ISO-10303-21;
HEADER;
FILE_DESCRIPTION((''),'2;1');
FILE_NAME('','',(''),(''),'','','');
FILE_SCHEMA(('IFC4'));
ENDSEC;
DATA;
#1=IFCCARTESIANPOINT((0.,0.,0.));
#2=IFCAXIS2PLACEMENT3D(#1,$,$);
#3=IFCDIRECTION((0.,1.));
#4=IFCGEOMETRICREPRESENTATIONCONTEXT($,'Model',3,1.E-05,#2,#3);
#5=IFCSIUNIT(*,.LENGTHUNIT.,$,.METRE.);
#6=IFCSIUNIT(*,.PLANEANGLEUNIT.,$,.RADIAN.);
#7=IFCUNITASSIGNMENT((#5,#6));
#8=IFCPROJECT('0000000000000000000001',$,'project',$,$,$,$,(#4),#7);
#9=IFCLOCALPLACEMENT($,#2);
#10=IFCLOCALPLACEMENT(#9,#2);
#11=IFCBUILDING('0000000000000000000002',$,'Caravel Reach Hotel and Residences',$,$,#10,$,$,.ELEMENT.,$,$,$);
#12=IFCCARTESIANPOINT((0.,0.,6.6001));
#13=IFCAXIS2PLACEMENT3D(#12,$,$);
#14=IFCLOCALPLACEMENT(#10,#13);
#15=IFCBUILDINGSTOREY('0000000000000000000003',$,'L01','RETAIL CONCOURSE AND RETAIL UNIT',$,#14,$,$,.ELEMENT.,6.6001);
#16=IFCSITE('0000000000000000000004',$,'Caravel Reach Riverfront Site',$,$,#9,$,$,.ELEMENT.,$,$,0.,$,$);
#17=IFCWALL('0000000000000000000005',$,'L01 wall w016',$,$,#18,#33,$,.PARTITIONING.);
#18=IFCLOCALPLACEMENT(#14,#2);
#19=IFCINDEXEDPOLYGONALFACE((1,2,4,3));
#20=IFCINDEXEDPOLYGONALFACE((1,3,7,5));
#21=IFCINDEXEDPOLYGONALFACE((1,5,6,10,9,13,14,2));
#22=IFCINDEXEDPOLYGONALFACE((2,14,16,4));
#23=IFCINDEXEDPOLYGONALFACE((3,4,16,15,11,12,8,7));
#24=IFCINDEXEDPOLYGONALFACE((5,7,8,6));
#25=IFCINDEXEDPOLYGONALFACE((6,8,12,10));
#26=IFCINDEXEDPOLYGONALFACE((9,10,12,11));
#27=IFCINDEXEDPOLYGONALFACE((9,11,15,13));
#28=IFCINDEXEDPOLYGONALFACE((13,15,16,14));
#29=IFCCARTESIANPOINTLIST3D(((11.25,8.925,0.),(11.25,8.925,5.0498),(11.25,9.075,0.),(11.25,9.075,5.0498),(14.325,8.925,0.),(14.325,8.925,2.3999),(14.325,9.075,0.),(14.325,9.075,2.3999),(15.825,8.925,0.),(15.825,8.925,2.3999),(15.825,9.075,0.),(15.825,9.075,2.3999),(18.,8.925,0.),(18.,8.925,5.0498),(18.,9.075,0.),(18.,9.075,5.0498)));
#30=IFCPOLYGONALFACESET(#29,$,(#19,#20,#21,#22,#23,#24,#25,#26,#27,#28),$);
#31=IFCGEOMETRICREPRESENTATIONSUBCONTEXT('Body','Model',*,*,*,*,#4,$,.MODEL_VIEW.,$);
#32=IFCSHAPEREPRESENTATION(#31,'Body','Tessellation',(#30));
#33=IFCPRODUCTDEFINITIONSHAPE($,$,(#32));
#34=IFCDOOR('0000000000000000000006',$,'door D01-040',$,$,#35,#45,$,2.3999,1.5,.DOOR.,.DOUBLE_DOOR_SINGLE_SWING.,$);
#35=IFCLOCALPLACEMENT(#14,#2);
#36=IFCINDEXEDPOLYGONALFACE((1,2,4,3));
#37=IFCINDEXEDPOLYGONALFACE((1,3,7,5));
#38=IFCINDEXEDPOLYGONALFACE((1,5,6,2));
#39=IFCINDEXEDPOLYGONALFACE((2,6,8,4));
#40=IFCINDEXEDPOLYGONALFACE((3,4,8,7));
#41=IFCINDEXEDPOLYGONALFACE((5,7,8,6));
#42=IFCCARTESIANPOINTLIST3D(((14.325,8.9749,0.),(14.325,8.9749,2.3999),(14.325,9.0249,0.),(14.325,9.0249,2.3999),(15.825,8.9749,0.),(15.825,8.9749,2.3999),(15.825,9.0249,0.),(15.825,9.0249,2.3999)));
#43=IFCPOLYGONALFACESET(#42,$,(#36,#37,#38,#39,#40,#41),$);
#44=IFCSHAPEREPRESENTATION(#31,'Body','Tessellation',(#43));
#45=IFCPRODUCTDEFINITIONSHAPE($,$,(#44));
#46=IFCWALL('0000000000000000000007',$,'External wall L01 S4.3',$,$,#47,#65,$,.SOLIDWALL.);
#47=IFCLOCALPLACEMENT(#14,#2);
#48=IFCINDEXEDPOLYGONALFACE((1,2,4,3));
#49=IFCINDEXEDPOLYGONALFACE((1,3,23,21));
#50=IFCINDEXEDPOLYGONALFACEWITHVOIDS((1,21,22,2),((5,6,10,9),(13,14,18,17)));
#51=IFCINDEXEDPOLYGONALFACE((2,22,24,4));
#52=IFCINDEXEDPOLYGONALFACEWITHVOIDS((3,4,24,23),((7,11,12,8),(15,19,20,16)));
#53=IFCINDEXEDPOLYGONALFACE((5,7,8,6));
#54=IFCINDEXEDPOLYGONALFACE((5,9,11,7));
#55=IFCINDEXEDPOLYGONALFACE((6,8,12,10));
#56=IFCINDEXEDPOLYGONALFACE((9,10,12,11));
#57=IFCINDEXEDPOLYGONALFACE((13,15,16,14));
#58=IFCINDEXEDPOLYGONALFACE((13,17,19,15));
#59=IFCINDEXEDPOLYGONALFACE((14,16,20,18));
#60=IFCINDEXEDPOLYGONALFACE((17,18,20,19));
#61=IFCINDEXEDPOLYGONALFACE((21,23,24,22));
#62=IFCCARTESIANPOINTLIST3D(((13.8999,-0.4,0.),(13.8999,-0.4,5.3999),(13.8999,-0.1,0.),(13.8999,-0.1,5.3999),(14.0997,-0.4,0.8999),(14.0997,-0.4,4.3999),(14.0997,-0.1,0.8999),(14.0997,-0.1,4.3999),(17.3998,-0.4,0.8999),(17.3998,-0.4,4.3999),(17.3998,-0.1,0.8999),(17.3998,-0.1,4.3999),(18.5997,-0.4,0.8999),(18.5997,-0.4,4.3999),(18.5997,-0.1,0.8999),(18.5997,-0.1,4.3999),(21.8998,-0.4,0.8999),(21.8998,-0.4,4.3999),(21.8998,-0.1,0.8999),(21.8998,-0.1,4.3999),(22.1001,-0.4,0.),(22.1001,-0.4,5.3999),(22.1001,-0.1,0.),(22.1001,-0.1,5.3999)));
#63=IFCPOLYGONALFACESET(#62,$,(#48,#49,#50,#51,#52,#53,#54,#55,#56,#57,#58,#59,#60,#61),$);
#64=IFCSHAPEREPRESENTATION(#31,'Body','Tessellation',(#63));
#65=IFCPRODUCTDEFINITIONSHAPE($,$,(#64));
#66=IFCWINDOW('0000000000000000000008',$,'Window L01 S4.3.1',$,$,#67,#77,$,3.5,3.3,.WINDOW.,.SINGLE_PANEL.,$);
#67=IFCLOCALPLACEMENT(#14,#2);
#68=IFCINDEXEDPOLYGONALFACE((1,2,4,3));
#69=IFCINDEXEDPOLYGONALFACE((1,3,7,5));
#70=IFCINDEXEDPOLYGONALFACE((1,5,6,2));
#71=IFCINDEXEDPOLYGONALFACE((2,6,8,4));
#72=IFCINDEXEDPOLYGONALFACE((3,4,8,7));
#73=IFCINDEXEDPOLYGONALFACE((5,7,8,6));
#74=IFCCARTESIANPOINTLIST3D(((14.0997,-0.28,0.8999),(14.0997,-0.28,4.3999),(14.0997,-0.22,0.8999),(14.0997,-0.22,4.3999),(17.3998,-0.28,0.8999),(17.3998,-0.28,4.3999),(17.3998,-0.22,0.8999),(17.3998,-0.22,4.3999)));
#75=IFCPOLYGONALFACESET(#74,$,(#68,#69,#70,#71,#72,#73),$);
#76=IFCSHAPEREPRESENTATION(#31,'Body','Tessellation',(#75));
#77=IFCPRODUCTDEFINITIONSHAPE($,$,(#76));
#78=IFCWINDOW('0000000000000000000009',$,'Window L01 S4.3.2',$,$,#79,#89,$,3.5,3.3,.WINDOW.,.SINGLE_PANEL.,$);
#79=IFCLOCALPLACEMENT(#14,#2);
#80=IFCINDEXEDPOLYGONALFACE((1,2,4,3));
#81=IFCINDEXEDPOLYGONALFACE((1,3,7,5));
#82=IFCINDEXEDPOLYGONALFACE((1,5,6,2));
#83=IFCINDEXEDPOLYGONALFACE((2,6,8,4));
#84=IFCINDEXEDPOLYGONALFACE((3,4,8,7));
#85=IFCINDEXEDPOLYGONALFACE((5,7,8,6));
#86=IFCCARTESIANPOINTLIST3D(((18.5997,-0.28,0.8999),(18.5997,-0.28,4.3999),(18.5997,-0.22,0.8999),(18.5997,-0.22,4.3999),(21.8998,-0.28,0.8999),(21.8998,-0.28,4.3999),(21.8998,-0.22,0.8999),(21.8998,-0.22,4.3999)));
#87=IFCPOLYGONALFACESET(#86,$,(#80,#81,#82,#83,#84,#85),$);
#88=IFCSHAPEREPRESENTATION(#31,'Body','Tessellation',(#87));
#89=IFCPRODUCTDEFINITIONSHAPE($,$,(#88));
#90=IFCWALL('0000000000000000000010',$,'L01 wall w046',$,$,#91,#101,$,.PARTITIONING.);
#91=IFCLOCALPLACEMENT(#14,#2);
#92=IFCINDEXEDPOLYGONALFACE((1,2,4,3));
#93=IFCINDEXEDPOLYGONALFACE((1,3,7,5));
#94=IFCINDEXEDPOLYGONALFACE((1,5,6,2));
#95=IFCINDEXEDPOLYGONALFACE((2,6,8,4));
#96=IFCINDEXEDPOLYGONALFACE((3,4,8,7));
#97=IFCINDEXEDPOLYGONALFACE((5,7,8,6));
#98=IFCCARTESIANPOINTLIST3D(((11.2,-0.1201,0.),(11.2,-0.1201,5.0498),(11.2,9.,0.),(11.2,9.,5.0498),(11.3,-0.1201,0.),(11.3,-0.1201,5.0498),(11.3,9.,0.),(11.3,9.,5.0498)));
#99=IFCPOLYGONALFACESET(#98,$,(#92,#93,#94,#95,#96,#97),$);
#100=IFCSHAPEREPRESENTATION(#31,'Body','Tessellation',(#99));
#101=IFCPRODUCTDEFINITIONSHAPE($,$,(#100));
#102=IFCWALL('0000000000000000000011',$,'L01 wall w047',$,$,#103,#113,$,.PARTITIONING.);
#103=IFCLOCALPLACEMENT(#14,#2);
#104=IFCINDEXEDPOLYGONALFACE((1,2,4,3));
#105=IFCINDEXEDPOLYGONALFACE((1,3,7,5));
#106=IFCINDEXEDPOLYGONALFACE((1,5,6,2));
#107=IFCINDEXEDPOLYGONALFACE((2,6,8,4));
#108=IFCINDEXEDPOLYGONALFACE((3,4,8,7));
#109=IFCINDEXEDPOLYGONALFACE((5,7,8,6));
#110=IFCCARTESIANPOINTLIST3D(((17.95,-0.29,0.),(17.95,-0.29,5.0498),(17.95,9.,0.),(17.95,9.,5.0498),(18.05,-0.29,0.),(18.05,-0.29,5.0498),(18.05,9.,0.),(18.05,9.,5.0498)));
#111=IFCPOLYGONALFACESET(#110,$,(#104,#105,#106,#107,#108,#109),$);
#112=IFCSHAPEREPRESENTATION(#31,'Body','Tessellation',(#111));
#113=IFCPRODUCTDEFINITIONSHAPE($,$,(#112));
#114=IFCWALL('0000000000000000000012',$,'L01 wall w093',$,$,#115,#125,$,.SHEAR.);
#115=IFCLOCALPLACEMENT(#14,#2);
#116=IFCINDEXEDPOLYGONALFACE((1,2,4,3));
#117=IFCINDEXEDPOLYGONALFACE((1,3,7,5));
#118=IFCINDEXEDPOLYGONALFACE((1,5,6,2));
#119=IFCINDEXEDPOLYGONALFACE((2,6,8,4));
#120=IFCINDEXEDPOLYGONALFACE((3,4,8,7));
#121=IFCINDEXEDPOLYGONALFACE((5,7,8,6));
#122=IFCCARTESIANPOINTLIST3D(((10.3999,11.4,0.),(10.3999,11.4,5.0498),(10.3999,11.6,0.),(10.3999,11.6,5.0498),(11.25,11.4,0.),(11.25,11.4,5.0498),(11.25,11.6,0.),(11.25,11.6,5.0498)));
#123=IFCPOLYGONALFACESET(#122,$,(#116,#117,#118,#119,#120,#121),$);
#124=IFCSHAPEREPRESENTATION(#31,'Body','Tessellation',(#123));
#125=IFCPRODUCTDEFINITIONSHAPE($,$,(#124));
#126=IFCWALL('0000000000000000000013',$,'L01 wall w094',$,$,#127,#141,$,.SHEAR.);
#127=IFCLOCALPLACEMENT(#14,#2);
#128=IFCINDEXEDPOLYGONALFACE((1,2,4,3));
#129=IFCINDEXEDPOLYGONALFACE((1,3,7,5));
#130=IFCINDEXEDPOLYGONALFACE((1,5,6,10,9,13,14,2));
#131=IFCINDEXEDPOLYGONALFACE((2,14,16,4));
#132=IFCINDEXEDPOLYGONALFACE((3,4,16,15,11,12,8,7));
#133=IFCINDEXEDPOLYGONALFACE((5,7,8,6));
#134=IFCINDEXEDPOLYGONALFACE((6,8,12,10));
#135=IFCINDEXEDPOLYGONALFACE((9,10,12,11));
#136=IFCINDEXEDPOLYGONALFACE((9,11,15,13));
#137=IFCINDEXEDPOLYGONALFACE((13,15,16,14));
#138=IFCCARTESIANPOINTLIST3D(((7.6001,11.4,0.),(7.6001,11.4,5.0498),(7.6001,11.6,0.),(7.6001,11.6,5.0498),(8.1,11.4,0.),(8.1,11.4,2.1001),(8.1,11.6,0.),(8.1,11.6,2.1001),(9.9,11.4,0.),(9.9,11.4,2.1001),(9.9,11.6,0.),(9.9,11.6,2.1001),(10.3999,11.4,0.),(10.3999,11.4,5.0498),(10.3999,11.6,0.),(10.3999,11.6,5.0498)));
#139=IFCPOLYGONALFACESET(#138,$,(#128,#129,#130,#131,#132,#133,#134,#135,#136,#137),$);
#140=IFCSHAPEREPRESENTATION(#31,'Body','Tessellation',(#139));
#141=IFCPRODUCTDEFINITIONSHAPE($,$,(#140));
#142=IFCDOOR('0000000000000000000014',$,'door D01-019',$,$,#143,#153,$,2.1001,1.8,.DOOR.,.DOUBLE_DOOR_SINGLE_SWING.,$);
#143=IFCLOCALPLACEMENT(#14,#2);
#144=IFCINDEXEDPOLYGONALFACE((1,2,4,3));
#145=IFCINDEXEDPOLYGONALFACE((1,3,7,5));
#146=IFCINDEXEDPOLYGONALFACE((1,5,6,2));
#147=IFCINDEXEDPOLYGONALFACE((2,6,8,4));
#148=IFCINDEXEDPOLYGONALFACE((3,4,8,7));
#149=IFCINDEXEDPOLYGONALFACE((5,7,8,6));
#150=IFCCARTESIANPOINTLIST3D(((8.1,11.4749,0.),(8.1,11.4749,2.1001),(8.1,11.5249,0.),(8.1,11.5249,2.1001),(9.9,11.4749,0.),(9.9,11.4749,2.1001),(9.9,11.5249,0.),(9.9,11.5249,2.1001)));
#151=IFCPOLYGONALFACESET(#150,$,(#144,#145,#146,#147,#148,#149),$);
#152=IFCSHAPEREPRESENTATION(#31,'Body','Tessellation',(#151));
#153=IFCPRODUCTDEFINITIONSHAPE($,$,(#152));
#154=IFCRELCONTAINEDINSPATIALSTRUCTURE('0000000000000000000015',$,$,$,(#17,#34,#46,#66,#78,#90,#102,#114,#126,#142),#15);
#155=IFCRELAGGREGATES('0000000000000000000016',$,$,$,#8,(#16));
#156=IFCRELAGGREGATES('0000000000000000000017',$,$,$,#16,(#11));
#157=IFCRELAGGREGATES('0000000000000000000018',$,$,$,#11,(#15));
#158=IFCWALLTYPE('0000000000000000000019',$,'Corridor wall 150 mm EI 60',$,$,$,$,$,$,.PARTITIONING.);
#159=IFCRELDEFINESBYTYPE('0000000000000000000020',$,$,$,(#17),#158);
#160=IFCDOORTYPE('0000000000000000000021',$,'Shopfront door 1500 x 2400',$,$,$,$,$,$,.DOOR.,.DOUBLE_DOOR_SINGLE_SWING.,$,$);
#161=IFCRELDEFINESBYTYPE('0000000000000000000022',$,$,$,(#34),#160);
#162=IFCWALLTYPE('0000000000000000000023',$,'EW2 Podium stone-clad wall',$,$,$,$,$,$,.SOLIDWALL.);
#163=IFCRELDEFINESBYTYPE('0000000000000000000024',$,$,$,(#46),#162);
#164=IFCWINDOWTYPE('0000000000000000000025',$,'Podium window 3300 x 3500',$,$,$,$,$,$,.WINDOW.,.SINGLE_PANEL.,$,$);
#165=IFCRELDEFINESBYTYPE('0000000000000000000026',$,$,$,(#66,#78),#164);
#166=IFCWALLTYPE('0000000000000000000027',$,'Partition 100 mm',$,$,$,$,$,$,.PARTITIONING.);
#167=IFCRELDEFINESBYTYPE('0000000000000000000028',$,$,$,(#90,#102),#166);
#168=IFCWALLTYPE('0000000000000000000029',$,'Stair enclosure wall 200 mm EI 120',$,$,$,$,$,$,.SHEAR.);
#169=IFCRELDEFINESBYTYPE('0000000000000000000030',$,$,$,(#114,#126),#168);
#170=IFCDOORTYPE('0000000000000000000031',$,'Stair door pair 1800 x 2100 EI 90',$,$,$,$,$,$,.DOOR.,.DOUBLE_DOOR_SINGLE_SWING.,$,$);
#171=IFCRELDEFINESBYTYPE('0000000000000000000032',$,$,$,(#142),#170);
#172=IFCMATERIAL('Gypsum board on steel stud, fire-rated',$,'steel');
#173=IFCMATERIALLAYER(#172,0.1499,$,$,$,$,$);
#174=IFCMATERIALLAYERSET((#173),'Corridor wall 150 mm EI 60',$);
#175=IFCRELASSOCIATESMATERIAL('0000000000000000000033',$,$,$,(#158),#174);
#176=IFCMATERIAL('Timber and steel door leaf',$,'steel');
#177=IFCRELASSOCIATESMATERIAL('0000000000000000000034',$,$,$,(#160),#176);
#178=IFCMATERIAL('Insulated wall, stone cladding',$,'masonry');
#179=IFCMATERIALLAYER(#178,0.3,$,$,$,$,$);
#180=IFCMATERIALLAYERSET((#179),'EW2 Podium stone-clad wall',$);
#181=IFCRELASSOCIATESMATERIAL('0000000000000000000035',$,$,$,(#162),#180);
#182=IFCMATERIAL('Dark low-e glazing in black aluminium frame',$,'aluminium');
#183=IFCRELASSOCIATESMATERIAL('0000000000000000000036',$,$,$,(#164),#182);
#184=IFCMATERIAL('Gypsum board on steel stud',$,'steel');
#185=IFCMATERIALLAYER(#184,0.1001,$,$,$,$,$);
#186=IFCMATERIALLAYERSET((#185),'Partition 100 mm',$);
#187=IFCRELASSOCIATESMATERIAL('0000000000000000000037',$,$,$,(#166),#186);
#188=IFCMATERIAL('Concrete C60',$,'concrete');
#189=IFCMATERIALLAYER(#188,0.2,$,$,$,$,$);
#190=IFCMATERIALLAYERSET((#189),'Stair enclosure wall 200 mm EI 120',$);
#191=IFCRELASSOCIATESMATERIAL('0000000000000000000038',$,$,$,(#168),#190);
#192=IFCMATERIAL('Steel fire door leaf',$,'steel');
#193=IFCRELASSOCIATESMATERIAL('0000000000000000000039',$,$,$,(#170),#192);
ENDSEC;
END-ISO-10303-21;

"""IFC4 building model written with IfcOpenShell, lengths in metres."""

from ifc_helpers import new_model, si_unit, direction, frame, frame_2d, origin, place, context, subcontext, project, spatial, rectangle, extrude, material, layer, layer_set, type_object, element, fill, save


model = new_model("IFC4")

# Units and contexts
model_context = context("Model", 3, precision=1e-05, world=origin(), true_north=direction((0.0, 1.0)))
body_context = subcontext(model_context, "Body", "Model", "MODEL_VIEW")
ifc_project = project(units=[si_unit("LENGTHUNIT", "METRE"), si_unit("PLANEANGLEUNIT", "RADIAN")], contexts=[model_context])

# Site, building, storey
site_placement = place(None, origin())
site = spatial("IfcSite", under=ifc_project, at=site_placement, Name="Caravel Reach Riverfront Site", CompositionType="ELEMENT", RefElevation=0.0)
building_placement = place(site_placement, origin())
building = spatial("IfcBuilding", under=site, at=building_placement, Name="Caravel Reach Hotel and Residences", CompositionType="ELEMENT")
storey_placement = place(building_placement, frame((0.0, 0.0, 6.6001)))
storey = spatial("IfcBuildingStorey", under=building, at=storey_placement, Name="L01", Description="RETAIL CONCOURSE AND RETAIL UNIT", CompositionType="ELEMENT", Elevation=6.6001)

# Shared definitions
ifc_material_1 = material(Name="Gypsum board on steel stud, fire-rated", Category="steel")
ifc_layer_1 = layer(ifc_material_1, 0.1499)
ifc_layer_set_1 = layer_set([ifc_layer_1], Name="Corridor wall 150 mm EI 60")
wall_type_1 = type_object("IfcWallType", Name="Corridor wall 150 mm EI 60", PredefinedType="PARTITIONING", material=ifc_layer_set_1)

# Wall, opening, door
wall_1_placement = place(storey_placement, frame((11.25, 9.0, 0.0), z_axis=(0.0, 0.0, 1.0), x_axis=(1.0, 0.0, 0.0)))
wall_1 = element("IfcWall", 1, at=wall_1_placement, inside=storey, type_object=wall_type_1, Name="L01 wall w016", PredefinedType="PARTITIONING", context=body_context, shape_type="SweptSolid", body=[
    extrude(rectangle(XDim=6.75, YDim=0.1499, at=frame_2d((3.375, 0.0))), origin(), (0.0, 0.0, 1.0), 5.0498),
])
opening_1_placement = place(wall_1_placement, frame((3.075, 0.0, 0.0)))
opening_1 = element("IfcOpeningElement", 2, at=opening_1_placement, cuts=wall_1, PredefinedType="OPENING", context=body_context, shape_type="SweptSolid", body=[
    extrude(rectangle(XDim=1.5, YDim=2.3999, at=frame_2d((0.75, 1.2))), frame((0.0, 0.085, 0.0), z_axis=(0.0, -1.0, 0.0), x_axis=(1.0, 0.0, 0.0)), (0.0, 0.0, 1.0), 0.1699),
])
ifc_material_2 = material(Name="Timber and steel door leaf", Category="steel")
door_type_1 = type_object("IfcDoorType", Name="Shopfront door 1500 x 2400", OperationType="DOUBLE_DOOR_SINGLE_SWING", PredefinedType="DOOR", material=ifc_material_2)
door_1_placement = place(opening_1_placement, origin())
door_1 = element("IfcDoor", 3, at=door_1_placement, inside=storey, type_object=door_type_1, Name="door D01-040", OperationType="DOUBLE_DOOR_SINGLE_SWING", OverallHeight=2.3999, OverallWidth=1.5, PredefinedType="DOOR", context=body_context, shape_type="SweptSolid", body=[
    extrude(rectangle(XDim=1.5, YDim=2.3999, at=frame_2d((0.75, 1.2))), frame((0.0, 0.0249, 0.0), z_axis=(0.0, -1.0, 0.0), x_axis=(1.0, 0.0, 0.0)), (0.0, 0.0, 1.0), 0.05),
])
fill(opening_1, door_1)

# Wall, openings, windows
ifc_material_3 = material(Name="Insulated wall, stone cladding", Category="masonry")
ifc_layer_2 = layer(ifc_material_3, 0.3)
ifc_layer_set_2 = layer_set([ifc_layer_2], Name="EW2 Podium stone-clad wall")
wall_type_2 = type_object("IfcWallType", Name="EW2 Podium stone-clad wall", PredefinedType="SOLIDWALL", material=ifc_layer_set_2)
wall_2_placement = place(storey_placement, frame((13.8999, -0.25, 0.0), z_axis=(0.0, 0.0, 1.0), x_axis=(1.0, 0.0, 0.0)))
wall_2 = element("IfcWall", 4, at=wall_2_placement, inside=storey, type_object=wall_type_2, Name="External wall L01 S4.3", PredefinedType="SOLIDWALL", context=body_context, shape_type="SweptSolid", body=[
    extrude(rectangle(XDim=8.2002, YDim=0.3, at=frame_2d((4.1001, 0.0))), origin(), (0.0, 0.0, 1.0), 5.3999),
])
opening_2_placement = place(wall_2_placement, frame((0.2, 0.0, 0.8999)))
opening_2 = element("IfcOpeningElement", 5, at=opening_2_placement, cuts=wall_2, PredefinedType="OPENING", context=body_context, shape_type="SweptSolid", body=[
    extrude(rectangle(XDim=3.3, YDim=3.5, at=frame_2d((1.6499, 1.75))), frame((0.0, 0.1599, 0.0), z_axis=(0.0, -1.0, 0.0), x_axis=(1.0, 0.0, 0.0)), (0.0, 0.0, 1.0), 0.3201),
])
opening_3_placement = place(wall_2_placement, frame((4.7, 0.0, 0.8999)))
opening_3 = element("IfcOpeningElement", 6, at=opening_3_placement, cuts=wall_2, PredefinedType="OPENING", context=body_context, shape_type="SweptSolid", body=[
    extrude(rectangle(XDim=3.3, YDim=3.5, at=frame_2d((1.6499, 1.75))), frame((0.0, 0.1599, 0.0), z_axis=(0.0, -1.0, 0.0), x_axis=(1.0, 0.0, 0.0)), (0.0, 0.0, 1.0), 0.3201),
])
ifc_material_4 = material(Name="Dark low-e glazing in black aluminium frame", Category="aluminium")
window_type = type_object("IfcWindowType", Name="Podium window 3300 x 3500", PartitioningType="SINGLE_PANEL", PredefinedType="WINDOW", material=ifc_material_4)
window_1_placement = place(opening_2_placement, origin())
window_1 = element("IfcWindow", 7, at=window_1_placement, inside=storey, type_object=window_type, Name="Window L01 S4.3.1", OverallHeight=3.5, OverallWidth=3.3, PartitioningType="SINGLE_PANEL", PredefinedType="WINDOW", context=body_context, shape_type="SweptSolid", body=[
    extrude(rectangle(XDim=3.3, YDim=3.5, at=frame_2d((1.6499, 1.75))), frame((0.0, 0.03, 0.0), z_axis=(0.0, -1.0, 0.0), x_axis=(1.0, 0.0, 0.0)), (0.0, 0.0, 1.0), 0.0601),
])
fill(opening_2, window_1)
window_2_placement = place(opening_3_placement, origin())
window_2 = element("IfcWindow", 8, at=window_2_placement, inside=storey, type_object=window_type, Name="Window L01 S4.3.2", OverallHeight=3.5, OverallWidth=3.3, PartitioningType="SINGLE_PANEL", PredefinedType="WINDOW", context=body_context, shape_type="SweptSolid", body=[
    extrude(rectangle(XDim=3.3, YDim=3.5, at=frame_2d((1.6499, 1.75))), frame((0.0, 0.03, 0.0), z_axis=(0.0, -1.0, 0.0), x_axis=(1.0, 0.0, 0.0)), (0.0, 0.0, 1.0), 0.0601),
])
fill(opening_3, window_2)

# Walls
ifc_material_5 = material(Name="Gypsum board on steel stud", Category="steel")
ifc_layer_3 = layer(ifc_material_5, 0.1001)
ifc_layer_set_3 = layer_set([ifc_layer_3], Name="Partition 100 mm")
wall_type_3 = type_object("IfcWallType", Name="Partition 100 mm", PredefinedType="PARTITIONING", material=ifc_layer_set_3)
wall_3_placement = place(storey_placement, frame((11.25, -0.1201, 0.0), z_axis=(0.0, 0.0, 1.0), x_axis=(0.0, 1.0, 0.0)))
element("IfcWall", 9, at=wall_3_placement, inside=storey, type_object=wall_type_3, Name="L01 wall w046", PredefinedType="PARTITIONING", context=body_context, shape_type="SweptSolid", body=[
    extrude(rectangle(XDim=9.1201, YDim=0.1001, at=frame_2d((4.5601, 0.0))), origin(), (0.0, 0.0, 1.0), 5.0498),
])
wall_4_placement = place(storey_placement, frame((18.0, -0.29, 0.0), z_axis=(0.0, 0.0, 1.0), x_axis=(0.0, 1.0, 0.0)))
element("IfcWall", 10, at=wall_4_placement, inside=storey, type_object=wall_type_3, Name="L01 wall w047", PredefinedType="PARTITIONING", context=body_context, shape_type="SweptSolid", body=[
    extrude(rectangle(XDim=9.29, YDim=0.1001, at=frame_2d((4.645, 0.0))), origin(), (0.0, 0.0, 1.0), 5.0498),
])
ifc_material_6 = material(Name="Concrete C60", Category="concrete")
ifc_layer_4 = layer(ifc_material_6, 0.2)
ifc_layer_set_4 = layer_set([ifc_layer_4], Name="Stair enclosure wall 200 mm EI 120")
wall_type_4 = type_object("IfcWallType", Name="Stair enclosure wall 200 mm EI 120", PredefinedType="SHEAR", material=ifc_layer_set_4)
wall_5_placement = place(storey_placement, frame((10.3999, 11.5, 0.0), z_axis=(0.0, 0.0, 1.0), x_axis=(1.0, 0.0, 0.0)))
element("IfcWall", 11, at=wall_5_placement, inside=storey, type_object=wall_type_4, Name="L01 wall w093", PredefinedType="SHEAR", context=body_context, shape_type="SweptSolid", body=[
    extrude(rectangle(XDim=0.8501, YDim=0.2, at=frame_2d((0.425, 0.0))), origin(), (0.0, 0.0, 1.0), 5.0498),
])

# Wall, opening, door
wall_6_placement = place(storey_placement, frame((7.6001, 11.5, 0.0), z_axis=(0.0, 0.0, 1.0), x_axis=(1.0, 0.0, 0.0)))
wall_6 = element("IfcWall", 12, at=wall_6_placement, inside=storey, type_object=wall_type_4, Name="L01 wall w094", PredefinedType="SHEAR", context=body_context, shape_type="SweptSolid", body=[
    extrude(rectangle(XDim=2.7998, YDim=0.2, at=frame_2d((1.3999, 0.0))), origin(), (0.0, 0.0, 1.0), 5.0498),
])
opening_4_placement = place(wall_6_placement, frame((0.5, 0.0, 0.0)))
opening_4 = element("IfcOpeningElement", 13, at=opening_4_placement, cuts=wall_6, PredefinedType="OPENING", context=body_context, shape_type="SweptSolid", body=[
    extrude(rectangle(XDim=1.8, YDim=2.1001, at=frame_2d((0.8999, 1.05))), frame((0.0, 0.1099, 0.0), z_axis=(0.0, -1.0, 0.0), x_axis=(1.0, 0.0, 0.0)), (0.0, 0.0, 1.0), 0.22),
])
ifc_material_7 = material(Name="Steel fire door leaf", Category="steel")
door_type_2 = type_object("IfcDoorType", Name="Stair door pair 1800 x 2100 EI 90", OperationType="DOUBLE_DOOR_SINGLE_SWING", PredefinedType="DOOR", material=ifc_material_7)
door_2_placement = place(opening_4_placement, origin())
door_2 = element("IfcDoor", 14, at=door_2_placement, inside=storey, type_object=door_type_2, Name="door D01-019", OperationType="DOUBLE_DOOR_SINGLE_SWING", OverallHeight=2.1001, OverallWidth=1.8, PredefinedType="DOOR", context=body_context, shape_type="SweptSolid", body=[
    extrude(rectangle(XDim=1.8, YDim=2.1001, at=frame_2d((0.8999, 1.05))), frame((0.0, 0.0249, 0.0), z_axis=(0.0, -1.0, 0.0), x_axis=(1.0, 0.0, 0.0)), (0.0, 0.0, 1.0), 0.05),
])
fill(opening_4, door_2)

save(model, "model.ifc")
